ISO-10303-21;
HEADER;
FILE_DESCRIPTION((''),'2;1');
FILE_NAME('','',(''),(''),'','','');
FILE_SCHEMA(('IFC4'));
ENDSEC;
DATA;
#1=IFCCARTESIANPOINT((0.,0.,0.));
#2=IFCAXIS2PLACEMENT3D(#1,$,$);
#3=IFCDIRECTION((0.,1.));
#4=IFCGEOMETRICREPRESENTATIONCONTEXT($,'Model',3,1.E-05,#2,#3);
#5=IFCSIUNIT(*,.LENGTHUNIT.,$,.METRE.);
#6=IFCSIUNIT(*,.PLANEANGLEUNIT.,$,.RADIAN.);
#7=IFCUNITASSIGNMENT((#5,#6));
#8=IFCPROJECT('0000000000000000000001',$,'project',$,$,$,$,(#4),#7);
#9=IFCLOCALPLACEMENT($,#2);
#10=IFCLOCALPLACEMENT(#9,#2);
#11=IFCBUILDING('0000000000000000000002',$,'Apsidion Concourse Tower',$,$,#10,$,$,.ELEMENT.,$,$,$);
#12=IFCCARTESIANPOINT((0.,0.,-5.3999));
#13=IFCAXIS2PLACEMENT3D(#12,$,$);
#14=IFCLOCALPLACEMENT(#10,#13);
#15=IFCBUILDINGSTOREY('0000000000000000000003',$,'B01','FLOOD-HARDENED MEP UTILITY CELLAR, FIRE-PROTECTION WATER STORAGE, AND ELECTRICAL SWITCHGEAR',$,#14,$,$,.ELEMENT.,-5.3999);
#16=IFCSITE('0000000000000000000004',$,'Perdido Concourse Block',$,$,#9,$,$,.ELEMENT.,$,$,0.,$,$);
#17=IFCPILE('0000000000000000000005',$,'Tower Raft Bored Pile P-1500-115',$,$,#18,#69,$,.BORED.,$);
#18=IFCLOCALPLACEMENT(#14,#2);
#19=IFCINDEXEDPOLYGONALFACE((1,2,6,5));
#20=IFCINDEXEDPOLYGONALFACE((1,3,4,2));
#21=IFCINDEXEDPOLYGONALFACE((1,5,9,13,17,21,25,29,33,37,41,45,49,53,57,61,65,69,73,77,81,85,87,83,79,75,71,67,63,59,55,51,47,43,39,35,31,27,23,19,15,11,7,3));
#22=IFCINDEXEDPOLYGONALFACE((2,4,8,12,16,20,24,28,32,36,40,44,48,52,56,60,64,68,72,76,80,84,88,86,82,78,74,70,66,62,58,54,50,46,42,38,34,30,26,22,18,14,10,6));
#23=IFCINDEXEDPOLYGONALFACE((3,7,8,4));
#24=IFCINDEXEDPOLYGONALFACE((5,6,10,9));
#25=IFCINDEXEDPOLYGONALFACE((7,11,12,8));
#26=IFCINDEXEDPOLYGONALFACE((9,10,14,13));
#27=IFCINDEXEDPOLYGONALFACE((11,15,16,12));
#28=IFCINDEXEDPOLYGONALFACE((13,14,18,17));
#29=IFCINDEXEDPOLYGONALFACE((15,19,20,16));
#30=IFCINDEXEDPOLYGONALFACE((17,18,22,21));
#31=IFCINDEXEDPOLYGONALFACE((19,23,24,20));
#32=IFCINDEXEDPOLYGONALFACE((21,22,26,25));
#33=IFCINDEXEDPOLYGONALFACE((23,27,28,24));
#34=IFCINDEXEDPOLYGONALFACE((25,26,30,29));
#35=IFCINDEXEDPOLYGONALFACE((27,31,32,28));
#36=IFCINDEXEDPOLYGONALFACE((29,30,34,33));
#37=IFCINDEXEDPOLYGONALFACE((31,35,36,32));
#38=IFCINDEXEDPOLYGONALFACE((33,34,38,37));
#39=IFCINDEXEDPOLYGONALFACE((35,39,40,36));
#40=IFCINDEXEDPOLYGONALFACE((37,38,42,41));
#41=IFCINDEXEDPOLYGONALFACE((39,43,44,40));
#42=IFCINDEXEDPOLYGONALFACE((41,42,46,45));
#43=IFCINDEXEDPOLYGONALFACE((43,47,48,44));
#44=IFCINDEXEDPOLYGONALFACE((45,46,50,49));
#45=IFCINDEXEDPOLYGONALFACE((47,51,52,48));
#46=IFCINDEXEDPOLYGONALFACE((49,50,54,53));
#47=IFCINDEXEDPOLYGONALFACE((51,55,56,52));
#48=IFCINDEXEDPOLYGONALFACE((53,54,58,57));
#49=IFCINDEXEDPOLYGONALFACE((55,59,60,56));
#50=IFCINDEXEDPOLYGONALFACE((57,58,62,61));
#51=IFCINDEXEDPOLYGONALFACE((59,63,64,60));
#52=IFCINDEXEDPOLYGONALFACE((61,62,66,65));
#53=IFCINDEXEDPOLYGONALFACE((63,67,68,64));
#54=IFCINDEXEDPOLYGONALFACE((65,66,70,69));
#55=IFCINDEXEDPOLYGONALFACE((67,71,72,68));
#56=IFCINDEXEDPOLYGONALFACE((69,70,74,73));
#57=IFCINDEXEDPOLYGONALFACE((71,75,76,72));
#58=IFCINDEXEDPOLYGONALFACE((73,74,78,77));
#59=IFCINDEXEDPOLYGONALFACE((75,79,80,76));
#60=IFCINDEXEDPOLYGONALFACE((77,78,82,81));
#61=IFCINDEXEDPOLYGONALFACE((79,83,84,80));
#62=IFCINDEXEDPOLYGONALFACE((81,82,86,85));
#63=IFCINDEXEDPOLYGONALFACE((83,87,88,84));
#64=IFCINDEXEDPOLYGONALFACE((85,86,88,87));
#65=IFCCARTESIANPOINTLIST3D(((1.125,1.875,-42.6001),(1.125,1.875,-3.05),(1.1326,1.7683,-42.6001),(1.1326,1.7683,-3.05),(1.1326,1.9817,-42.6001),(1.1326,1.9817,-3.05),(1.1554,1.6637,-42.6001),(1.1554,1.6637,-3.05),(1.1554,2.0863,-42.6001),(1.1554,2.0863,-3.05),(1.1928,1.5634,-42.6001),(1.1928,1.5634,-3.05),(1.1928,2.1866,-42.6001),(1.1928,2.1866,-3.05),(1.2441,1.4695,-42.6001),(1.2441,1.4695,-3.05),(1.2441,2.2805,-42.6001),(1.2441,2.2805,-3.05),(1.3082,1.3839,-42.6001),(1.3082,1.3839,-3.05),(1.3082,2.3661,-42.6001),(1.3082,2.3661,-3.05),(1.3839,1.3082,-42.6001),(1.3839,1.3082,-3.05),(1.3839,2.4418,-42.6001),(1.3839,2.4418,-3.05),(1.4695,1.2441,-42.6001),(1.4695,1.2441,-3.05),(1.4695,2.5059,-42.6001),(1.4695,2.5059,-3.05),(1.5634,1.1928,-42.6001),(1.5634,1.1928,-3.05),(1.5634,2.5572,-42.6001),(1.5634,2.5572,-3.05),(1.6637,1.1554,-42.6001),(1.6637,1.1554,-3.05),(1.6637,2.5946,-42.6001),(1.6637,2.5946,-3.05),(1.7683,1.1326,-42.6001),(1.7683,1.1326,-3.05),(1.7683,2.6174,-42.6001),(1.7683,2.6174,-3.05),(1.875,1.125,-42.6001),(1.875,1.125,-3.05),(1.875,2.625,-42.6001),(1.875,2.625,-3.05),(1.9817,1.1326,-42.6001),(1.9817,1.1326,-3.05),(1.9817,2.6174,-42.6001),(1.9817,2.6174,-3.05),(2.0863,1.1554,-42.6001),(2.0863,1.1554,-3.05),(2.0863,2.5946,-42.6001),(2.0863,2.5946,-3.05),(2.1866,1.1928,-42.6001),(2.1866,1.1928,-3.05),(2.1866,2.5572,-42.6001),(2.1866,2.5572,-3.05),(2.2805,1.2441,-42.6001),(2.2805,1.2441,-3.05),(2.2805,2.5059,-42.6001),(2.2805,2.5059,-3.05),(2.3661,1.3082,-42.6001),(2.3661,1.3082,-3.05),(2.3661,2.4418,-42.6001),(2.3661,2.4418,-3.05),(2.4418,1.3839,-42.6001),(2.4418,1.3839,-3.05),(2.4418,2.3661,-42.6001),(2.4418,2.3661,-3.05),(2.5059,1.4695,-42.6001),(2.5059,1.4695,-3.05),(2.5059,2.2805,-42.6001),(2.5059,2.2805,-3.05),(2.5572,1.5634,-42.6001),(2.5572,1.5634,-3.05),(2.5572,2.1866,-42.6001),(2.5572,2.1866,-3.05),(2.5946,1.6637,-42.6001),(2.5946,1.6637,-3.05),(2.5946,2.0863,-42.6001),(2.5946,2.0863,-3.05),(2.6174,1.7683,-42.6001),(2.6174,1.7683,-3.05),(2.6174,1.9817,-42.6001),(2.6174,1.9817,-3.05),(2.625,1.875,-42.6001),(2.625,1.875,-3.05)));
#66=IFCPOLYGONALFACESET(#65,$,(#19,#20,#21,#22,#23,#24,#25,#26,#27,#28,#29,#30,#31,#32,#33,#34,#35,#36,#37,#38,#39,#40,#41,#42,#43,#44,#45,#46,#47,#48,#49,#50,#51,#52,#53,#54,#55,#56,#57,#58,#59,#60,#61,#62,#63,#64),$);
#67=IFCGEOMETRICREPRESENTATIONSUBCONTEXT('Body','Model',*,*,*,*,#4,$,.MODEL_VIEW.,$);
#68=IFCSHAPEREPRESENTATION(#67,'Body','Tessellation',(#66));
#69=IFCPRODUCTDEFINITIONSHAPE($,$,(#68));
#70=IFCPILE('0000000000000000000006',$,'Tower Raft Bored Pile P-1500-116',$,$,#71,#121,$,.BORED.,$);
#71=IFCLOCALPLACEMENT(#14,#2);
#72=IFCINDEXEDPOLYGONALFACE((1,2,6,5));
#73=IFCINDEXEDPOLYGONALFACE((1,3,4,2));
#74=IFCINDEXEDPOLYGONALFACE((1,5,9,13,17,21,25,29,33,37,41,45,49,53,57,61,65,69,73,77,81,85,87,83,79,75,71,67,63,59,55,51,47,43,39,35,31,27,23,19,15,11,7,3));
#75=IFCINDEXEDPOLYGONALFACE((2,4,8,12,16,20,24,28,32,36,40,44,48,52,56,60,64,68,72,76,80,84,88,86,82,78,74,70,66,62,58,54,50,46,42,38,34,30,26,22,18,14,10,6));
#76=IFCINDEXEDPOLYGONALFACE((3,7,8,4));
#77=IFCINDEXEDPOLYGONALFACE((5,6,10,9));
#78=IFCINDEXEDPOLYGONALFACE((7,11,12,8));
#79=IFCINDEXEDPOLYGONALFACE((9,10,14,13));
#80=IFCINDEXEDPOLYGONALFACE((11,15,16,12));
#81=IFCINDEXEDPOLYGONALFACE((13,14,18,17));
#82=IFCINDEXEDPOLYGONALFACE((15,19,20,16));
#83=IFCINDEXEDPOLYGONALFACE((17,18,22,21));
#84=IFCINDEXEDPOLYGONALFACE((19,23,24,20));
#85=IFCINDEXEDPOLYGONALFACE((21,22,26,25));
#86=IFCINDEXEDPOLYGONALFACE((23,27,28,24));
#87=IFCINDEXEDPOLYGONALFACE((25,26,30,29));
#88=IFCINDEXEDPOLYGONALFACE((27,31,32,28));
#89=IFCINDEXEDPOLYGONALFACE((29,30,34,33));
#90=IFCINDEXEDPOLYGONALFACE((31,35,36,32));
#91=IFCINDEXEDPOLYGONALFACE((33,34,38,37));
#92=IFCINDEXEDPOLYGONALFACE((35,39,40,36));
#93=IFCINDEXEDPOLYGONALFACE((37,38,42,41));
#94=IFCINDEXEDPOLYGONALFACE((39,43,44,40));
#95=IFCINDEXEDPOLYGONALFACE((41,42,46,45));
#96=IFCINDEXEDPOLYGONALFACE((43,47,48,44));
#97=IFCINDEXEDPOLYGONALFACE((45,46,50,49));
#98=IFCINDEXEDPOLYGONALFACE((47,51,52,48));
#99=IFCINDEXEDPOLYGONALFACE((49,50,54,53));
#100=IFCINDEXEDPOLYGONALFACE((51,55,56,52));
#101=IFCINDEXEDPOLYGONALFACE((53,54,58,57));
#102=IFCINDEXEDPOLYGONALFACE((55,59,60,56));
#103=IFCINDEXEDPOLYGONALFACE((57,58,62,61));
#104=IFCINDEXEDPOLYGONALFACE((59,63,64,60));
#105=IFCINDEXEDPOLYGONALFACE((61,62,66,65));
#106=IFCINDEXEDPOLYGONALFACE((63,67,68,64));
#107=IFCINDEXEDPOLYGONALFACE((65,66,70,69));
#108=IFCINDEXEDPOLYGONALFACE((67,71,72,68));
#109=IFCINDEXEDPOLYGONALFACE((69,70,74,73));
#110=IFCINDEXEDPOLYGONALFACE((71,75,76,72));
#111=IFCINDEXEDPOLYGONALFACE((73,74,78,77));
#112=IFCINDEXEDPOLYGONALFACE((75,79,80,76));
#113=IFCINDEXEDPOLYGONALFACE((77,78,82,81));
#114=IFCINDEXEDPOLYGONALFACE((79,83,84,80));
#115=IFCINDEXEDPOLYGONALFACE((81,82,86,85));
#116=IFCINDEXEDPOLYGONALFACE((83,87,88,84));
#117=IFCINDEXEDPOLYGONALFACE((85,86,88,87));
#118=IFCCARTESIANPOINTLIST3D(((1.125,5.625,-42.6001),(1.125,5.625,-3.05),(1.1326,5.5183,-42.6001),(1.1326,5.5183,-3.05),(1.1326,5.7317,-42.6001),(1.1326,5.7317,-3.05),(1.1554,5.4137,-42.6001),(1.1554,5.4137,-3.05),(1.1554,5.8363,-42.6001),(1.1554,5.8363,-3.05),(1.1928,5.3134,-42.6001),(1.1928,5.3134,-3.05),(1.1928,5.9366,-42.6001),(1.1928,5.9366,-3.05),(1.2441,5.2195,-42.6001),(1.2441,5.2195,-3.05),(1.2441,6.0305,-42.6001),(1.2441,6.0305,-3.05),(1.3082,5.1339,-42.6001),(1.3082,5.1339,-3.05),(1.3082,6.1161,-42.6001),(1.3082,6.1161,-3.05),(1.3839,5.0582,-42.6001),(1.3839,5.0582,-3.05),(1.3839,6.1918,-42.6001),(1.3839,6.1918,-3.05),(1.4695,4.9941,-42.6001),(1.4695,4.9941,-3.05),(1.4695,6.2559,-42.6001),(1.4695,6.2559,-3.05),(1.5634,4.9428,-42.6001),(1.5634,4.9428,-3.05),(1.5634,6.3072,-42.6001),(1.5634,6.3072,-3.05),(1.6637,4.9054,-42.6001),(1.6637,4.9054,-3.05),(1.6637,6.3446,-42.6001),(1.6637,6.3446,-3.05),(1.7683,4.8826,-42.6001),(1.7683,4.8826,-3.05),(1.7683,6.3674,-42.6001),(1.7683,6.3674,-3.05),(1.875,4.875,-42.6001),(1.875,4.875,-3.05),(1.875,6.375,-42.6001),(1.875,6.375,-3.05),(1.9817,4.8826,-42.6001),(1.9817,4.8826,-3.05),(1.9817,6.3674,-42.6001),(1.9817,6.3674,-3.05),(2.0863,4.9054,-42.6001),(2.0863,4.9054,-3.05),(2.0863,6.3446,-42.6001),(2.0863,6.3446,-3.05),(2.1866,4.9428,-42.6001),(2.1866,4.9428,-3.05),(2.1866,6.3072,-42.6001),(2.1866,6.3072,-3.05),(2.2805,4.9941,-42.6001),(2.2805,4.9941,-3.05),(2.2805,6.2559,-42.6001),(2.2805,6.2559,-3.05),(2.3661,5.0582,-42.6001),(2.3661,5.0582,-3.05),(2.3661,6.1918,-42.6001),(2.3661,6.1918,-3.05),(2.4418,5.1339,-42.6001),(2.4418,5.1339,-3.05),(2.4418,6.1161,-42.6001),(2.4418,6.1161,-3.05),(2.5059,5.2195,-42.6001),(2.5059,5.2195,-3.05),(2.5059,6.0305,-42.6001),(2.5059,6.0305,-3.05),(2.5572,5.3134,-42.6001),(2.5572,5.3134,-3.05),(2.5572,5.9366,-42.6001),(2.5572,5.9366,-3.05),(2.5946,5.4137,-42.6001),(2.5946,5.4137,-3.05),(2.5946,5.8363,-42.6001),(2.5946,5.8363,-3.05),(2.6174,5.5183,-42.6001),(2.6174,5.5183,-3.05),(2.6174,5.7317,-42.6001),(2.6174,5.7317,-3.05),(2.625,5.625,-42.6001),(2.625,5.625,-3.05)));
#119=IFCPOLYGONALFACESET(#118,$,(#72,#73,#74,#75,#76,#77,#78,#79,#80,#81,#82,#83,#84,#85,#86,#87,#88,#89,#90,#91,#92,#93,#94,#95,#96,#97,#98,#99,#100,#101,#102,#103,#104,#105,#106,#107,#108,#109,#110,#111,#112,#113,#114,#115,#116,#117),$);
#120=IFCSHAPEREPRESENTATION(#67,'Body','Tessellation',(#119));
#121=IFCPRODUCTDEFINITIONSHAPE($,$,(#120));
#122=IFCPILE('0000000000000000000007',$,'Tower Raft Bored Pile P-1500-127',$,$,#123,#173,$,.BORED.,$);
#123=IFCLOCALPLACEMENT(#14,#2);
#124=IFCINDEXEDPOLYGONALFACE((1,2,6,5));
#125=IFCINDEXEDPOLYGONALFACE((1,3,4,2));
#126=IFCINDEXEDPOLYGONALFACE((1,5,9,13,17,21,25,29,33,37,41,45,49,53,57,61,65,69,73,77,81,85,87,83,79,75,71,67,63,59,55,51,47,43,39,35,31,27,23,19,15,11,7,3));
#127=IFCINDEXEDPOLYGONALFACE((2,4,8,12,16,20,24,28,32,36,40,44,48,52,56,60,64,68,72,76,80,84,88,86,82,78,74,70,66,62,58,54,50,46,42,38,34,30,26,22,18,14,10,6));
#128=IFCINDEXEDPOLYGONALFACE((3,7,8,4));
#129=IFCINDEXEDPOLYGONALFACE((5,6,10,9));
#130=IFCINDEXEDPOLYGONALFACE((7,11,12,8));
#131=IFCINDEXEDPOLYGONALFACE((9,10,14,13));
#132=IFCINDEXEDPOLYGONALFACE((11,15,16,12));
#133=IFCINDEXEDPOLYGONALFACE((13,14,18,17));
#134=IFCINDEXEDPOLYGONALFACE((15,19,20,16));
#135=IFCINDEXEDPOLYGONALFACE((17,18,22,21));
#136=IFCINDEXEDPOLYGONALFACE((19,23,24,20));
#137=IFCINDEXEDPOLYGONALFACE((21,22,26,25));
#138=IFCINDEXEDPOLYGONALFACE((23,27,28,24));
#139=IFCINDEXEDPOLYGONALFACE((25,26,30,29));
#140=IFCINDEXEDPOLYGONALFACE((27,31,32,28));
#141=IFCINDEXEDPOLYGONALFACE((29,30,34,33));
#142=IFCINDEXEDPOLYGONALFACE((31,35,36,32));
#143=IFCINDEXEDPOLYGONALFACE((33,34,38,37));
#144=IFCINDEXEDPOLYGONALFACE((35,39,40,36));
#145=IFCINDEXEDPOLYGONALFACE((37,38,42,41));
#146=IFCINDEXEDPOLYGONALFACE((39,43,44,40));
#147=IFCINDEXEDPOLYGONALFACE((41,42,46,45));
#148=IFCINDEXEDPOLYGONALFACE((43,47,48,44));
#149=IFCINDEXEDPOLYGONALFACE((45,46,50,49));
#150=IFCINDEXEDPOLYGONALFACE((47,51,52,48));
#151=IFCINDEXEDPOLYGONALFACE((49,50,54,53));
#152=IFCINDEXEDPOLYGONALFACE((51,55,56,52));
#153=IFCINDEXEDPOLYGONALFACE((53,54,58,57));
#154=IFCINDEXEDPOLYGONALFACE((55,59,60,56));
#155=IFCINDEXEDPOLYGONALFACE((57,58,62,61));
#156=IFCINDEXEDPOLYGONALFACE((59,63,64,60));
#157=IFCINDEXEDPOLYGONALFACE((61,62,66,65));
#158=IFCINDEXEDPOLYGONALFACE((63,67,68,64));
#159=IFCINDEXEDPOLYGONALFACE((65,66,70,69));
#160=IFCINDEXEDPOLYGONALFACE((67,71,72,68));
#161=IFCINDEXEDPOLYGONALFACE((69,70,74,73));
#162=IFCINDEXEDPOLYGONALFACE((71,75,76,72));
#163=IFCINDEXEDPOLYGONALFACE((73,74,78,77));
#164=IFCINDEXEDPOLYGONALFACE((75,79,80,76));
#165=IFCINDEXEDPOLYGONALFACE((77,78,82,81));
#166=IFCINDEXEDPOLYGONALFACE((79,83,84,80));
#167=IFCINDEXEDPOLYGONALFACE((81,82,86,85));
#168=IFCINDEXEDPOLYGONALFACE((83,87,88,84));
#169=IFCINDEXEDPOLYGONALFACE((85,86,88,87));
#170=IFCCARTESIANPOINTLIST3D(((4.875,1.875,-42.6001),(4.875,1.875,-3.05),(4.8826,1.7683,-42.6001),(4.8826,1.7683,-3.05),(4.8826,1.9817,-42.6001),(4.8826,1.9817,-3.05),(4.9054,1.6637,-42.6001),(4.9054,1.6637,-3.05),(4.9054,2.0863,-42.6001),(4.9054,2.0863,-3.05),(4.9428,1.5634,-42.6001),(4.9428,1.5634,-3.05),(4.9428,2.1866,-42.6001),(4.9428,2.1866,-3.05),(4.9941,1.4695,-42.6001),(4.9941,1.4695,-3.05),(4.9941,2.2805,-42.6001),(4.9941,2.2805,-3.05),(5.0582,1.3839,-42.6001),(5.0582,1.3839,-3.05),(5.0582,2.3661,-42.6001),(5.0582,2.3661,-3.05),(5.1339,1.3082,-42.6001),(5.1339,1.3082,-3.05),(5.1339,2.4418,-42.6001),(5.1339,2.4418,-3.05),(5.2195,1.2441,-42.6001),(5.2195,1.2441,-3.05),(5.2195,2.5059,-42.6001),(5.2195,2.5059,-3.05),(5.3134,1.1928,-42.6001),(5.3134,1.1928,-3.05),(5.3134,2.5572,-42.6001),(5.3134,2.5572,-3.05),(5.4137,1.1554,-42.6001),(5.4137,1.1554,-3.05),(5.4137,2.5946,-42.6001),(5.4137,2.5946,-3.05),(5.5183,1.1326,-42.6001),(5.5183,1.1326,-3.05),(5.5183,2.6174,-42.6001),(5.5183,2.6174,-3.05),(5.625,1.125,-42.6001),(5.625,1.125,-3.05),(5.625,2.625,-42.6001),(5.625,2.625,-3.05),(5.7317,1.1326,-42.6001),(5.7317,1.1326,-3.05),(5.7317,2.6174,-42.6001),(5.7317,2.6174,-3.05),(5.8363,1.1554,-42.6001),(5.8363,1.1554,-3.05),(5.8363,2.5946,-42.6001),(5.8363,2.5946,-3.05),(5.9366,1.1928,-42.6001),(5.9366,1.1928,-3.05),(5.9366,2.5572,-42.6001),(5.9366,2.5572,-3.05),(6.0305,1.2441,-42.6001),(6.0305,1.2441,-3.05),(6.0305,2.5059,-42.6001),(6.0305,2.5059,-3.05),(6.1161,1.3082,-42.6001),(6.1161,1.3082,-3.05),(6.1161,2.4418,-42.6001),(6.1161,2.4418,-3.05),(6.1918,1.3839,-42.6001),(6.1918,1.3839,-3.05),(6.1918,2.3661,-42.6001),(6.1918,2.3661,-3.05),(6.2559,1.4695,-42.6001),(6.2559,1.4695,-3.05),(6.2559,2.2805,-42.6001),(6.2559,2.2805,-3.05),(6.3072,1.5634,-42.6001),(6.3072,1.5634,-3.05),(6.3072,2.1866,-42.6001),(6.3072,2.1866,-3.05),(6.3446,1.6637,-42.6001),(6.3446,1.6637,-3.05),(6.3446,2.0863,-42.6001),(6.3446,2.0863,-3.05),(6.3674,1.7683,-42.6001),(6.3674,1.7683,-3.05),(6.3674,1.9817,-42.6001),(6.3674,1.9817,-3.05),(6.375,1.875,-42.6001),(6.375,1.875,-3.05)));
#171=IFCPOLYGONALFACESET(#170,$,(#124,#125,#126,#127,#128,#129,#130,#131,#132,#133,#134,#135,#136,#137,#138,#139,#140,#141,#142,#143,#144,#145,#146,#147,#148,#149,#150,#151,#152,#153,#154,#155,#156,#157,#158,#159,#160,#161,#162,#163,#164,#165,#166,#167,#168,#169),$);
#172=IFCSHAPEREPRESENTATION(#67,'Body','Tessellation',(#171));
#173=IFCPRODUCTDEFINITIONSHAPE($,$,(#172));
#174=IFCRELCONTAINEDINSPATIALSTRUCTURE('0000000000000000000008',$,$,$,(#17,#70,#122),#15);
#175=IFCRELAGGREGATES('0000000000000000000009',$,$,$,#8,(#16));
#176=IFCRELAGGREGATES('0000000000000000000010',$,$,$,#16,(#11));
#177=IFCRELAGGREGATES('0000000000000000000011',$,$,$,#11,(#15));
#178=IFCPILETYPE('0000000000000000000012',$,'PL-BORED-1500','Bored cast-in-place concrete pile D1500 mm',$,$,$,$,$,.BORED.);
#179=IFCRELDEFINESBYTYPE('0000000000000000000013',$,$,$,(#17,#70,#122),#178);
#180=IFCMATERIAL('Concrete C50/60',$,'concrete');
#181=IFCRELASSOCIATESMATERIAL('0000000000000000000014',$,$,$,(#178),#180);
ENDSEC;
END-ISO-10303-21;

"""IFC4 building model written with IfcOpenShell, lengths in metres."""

from ifc_helpers import new_model, si_unit, direction, frame, origin, origin_2d, place, context, subcontext, project, spatial, circle, extrude, material, material_profile, profile_set, type_object, element, save


model = new_model("IFC4")

# Units and contexts
model_context = context("Model", 3, precision=1e-05, world=origin(), true_north=direction((0.0, 1.0)))
body_context = subcontext(model_context, "Body", "Model", "MODEL_VIEW")
ifc_project = project(units=[si_unit("LENGTHUNIT", "METRE"), si_unit("PLANEANGLEUNIT", "RADIAN")], contexts=[model_context])

# Site, building, storey
site_placement = place(None, origin())
site = spatial("IfcSite", under=ifc_project, at=site_placement, Name="Perdido Concourse Block", CompositionType="ELEMENT", RefElevation=0.0)
building_placement = place(site_placement, origin())
building = spatial("IfcBuilding", under=site, at=building_placement, Name="Apsidion Concourse Tower", CompositionType="ELEMENT")
storey_placement = place(building_placement, frame((0.0, 0.0, -5.3999)))
storey = spatial("IfcBuildingStorey", under=building, at=storey_placement, Name="B01", Description="FLOOD-HARDENED MEP UTILITY CELLAR, FIRE-PROTECTION WATER STORAGE, AND ELECTRICAL SWITCHGEAR", CompositionType="ELEMENT", Elevation=-5.3999)

# Piles
ifc_material_1 = material(Name="Concrete C50/60", Category="concrete")
ifc_material_profile_1 = material_profile(ifc_material_1, circle(Radius=0.75, at=origin_2d()), Name="BORED PILE D1500")
ifc_profile_set_1 = profile_set([ifc_material_profile_1], Name="Concrete C50/60")
pile_type = type_object("IfcPileType", Name="PL-BORED-1500", Description="Bored cast-in-place concrete pile D1500 mm", PredefinedType="BORED", material=ifc_profile_set_1)
for number, where, z_axis, x_axis, name in (
    (1, (1.875, 1.875, -3.05), (0.0, 0.0, -1.0), (1.0, 0.0, 0.0), "Tower Raft Bored Pile P-1500-115"),
    (2, (1.875, 5.625, -3.05), (0.0, 0.0, -1.0), (1.0, 0.0, 0.0), "Tower Raft Bored Pile P-1500-116"),
    (3, (5.625, 1.875, -3.05), (0.0, 0.0, -1.0), (1.0, 0.0, 0.0), "Tower Raft Bored Pile P-1500-127"),
):
    element("IfcPile", number, at=place(storey_placement, frame(where, z_axis=z_axis, x_axis=x_axis)), inside=storey, type_object=pile_type, Name=name, PredefinedType="BORED", context=body_context, shape_type="SweptSolid", body=[
        extrude(circle(Radius=0.75, at=origin_2d()), origin(), (0.0, 0.0, 1.0), 39.55),
    ])

save(model, "model.ifc")
